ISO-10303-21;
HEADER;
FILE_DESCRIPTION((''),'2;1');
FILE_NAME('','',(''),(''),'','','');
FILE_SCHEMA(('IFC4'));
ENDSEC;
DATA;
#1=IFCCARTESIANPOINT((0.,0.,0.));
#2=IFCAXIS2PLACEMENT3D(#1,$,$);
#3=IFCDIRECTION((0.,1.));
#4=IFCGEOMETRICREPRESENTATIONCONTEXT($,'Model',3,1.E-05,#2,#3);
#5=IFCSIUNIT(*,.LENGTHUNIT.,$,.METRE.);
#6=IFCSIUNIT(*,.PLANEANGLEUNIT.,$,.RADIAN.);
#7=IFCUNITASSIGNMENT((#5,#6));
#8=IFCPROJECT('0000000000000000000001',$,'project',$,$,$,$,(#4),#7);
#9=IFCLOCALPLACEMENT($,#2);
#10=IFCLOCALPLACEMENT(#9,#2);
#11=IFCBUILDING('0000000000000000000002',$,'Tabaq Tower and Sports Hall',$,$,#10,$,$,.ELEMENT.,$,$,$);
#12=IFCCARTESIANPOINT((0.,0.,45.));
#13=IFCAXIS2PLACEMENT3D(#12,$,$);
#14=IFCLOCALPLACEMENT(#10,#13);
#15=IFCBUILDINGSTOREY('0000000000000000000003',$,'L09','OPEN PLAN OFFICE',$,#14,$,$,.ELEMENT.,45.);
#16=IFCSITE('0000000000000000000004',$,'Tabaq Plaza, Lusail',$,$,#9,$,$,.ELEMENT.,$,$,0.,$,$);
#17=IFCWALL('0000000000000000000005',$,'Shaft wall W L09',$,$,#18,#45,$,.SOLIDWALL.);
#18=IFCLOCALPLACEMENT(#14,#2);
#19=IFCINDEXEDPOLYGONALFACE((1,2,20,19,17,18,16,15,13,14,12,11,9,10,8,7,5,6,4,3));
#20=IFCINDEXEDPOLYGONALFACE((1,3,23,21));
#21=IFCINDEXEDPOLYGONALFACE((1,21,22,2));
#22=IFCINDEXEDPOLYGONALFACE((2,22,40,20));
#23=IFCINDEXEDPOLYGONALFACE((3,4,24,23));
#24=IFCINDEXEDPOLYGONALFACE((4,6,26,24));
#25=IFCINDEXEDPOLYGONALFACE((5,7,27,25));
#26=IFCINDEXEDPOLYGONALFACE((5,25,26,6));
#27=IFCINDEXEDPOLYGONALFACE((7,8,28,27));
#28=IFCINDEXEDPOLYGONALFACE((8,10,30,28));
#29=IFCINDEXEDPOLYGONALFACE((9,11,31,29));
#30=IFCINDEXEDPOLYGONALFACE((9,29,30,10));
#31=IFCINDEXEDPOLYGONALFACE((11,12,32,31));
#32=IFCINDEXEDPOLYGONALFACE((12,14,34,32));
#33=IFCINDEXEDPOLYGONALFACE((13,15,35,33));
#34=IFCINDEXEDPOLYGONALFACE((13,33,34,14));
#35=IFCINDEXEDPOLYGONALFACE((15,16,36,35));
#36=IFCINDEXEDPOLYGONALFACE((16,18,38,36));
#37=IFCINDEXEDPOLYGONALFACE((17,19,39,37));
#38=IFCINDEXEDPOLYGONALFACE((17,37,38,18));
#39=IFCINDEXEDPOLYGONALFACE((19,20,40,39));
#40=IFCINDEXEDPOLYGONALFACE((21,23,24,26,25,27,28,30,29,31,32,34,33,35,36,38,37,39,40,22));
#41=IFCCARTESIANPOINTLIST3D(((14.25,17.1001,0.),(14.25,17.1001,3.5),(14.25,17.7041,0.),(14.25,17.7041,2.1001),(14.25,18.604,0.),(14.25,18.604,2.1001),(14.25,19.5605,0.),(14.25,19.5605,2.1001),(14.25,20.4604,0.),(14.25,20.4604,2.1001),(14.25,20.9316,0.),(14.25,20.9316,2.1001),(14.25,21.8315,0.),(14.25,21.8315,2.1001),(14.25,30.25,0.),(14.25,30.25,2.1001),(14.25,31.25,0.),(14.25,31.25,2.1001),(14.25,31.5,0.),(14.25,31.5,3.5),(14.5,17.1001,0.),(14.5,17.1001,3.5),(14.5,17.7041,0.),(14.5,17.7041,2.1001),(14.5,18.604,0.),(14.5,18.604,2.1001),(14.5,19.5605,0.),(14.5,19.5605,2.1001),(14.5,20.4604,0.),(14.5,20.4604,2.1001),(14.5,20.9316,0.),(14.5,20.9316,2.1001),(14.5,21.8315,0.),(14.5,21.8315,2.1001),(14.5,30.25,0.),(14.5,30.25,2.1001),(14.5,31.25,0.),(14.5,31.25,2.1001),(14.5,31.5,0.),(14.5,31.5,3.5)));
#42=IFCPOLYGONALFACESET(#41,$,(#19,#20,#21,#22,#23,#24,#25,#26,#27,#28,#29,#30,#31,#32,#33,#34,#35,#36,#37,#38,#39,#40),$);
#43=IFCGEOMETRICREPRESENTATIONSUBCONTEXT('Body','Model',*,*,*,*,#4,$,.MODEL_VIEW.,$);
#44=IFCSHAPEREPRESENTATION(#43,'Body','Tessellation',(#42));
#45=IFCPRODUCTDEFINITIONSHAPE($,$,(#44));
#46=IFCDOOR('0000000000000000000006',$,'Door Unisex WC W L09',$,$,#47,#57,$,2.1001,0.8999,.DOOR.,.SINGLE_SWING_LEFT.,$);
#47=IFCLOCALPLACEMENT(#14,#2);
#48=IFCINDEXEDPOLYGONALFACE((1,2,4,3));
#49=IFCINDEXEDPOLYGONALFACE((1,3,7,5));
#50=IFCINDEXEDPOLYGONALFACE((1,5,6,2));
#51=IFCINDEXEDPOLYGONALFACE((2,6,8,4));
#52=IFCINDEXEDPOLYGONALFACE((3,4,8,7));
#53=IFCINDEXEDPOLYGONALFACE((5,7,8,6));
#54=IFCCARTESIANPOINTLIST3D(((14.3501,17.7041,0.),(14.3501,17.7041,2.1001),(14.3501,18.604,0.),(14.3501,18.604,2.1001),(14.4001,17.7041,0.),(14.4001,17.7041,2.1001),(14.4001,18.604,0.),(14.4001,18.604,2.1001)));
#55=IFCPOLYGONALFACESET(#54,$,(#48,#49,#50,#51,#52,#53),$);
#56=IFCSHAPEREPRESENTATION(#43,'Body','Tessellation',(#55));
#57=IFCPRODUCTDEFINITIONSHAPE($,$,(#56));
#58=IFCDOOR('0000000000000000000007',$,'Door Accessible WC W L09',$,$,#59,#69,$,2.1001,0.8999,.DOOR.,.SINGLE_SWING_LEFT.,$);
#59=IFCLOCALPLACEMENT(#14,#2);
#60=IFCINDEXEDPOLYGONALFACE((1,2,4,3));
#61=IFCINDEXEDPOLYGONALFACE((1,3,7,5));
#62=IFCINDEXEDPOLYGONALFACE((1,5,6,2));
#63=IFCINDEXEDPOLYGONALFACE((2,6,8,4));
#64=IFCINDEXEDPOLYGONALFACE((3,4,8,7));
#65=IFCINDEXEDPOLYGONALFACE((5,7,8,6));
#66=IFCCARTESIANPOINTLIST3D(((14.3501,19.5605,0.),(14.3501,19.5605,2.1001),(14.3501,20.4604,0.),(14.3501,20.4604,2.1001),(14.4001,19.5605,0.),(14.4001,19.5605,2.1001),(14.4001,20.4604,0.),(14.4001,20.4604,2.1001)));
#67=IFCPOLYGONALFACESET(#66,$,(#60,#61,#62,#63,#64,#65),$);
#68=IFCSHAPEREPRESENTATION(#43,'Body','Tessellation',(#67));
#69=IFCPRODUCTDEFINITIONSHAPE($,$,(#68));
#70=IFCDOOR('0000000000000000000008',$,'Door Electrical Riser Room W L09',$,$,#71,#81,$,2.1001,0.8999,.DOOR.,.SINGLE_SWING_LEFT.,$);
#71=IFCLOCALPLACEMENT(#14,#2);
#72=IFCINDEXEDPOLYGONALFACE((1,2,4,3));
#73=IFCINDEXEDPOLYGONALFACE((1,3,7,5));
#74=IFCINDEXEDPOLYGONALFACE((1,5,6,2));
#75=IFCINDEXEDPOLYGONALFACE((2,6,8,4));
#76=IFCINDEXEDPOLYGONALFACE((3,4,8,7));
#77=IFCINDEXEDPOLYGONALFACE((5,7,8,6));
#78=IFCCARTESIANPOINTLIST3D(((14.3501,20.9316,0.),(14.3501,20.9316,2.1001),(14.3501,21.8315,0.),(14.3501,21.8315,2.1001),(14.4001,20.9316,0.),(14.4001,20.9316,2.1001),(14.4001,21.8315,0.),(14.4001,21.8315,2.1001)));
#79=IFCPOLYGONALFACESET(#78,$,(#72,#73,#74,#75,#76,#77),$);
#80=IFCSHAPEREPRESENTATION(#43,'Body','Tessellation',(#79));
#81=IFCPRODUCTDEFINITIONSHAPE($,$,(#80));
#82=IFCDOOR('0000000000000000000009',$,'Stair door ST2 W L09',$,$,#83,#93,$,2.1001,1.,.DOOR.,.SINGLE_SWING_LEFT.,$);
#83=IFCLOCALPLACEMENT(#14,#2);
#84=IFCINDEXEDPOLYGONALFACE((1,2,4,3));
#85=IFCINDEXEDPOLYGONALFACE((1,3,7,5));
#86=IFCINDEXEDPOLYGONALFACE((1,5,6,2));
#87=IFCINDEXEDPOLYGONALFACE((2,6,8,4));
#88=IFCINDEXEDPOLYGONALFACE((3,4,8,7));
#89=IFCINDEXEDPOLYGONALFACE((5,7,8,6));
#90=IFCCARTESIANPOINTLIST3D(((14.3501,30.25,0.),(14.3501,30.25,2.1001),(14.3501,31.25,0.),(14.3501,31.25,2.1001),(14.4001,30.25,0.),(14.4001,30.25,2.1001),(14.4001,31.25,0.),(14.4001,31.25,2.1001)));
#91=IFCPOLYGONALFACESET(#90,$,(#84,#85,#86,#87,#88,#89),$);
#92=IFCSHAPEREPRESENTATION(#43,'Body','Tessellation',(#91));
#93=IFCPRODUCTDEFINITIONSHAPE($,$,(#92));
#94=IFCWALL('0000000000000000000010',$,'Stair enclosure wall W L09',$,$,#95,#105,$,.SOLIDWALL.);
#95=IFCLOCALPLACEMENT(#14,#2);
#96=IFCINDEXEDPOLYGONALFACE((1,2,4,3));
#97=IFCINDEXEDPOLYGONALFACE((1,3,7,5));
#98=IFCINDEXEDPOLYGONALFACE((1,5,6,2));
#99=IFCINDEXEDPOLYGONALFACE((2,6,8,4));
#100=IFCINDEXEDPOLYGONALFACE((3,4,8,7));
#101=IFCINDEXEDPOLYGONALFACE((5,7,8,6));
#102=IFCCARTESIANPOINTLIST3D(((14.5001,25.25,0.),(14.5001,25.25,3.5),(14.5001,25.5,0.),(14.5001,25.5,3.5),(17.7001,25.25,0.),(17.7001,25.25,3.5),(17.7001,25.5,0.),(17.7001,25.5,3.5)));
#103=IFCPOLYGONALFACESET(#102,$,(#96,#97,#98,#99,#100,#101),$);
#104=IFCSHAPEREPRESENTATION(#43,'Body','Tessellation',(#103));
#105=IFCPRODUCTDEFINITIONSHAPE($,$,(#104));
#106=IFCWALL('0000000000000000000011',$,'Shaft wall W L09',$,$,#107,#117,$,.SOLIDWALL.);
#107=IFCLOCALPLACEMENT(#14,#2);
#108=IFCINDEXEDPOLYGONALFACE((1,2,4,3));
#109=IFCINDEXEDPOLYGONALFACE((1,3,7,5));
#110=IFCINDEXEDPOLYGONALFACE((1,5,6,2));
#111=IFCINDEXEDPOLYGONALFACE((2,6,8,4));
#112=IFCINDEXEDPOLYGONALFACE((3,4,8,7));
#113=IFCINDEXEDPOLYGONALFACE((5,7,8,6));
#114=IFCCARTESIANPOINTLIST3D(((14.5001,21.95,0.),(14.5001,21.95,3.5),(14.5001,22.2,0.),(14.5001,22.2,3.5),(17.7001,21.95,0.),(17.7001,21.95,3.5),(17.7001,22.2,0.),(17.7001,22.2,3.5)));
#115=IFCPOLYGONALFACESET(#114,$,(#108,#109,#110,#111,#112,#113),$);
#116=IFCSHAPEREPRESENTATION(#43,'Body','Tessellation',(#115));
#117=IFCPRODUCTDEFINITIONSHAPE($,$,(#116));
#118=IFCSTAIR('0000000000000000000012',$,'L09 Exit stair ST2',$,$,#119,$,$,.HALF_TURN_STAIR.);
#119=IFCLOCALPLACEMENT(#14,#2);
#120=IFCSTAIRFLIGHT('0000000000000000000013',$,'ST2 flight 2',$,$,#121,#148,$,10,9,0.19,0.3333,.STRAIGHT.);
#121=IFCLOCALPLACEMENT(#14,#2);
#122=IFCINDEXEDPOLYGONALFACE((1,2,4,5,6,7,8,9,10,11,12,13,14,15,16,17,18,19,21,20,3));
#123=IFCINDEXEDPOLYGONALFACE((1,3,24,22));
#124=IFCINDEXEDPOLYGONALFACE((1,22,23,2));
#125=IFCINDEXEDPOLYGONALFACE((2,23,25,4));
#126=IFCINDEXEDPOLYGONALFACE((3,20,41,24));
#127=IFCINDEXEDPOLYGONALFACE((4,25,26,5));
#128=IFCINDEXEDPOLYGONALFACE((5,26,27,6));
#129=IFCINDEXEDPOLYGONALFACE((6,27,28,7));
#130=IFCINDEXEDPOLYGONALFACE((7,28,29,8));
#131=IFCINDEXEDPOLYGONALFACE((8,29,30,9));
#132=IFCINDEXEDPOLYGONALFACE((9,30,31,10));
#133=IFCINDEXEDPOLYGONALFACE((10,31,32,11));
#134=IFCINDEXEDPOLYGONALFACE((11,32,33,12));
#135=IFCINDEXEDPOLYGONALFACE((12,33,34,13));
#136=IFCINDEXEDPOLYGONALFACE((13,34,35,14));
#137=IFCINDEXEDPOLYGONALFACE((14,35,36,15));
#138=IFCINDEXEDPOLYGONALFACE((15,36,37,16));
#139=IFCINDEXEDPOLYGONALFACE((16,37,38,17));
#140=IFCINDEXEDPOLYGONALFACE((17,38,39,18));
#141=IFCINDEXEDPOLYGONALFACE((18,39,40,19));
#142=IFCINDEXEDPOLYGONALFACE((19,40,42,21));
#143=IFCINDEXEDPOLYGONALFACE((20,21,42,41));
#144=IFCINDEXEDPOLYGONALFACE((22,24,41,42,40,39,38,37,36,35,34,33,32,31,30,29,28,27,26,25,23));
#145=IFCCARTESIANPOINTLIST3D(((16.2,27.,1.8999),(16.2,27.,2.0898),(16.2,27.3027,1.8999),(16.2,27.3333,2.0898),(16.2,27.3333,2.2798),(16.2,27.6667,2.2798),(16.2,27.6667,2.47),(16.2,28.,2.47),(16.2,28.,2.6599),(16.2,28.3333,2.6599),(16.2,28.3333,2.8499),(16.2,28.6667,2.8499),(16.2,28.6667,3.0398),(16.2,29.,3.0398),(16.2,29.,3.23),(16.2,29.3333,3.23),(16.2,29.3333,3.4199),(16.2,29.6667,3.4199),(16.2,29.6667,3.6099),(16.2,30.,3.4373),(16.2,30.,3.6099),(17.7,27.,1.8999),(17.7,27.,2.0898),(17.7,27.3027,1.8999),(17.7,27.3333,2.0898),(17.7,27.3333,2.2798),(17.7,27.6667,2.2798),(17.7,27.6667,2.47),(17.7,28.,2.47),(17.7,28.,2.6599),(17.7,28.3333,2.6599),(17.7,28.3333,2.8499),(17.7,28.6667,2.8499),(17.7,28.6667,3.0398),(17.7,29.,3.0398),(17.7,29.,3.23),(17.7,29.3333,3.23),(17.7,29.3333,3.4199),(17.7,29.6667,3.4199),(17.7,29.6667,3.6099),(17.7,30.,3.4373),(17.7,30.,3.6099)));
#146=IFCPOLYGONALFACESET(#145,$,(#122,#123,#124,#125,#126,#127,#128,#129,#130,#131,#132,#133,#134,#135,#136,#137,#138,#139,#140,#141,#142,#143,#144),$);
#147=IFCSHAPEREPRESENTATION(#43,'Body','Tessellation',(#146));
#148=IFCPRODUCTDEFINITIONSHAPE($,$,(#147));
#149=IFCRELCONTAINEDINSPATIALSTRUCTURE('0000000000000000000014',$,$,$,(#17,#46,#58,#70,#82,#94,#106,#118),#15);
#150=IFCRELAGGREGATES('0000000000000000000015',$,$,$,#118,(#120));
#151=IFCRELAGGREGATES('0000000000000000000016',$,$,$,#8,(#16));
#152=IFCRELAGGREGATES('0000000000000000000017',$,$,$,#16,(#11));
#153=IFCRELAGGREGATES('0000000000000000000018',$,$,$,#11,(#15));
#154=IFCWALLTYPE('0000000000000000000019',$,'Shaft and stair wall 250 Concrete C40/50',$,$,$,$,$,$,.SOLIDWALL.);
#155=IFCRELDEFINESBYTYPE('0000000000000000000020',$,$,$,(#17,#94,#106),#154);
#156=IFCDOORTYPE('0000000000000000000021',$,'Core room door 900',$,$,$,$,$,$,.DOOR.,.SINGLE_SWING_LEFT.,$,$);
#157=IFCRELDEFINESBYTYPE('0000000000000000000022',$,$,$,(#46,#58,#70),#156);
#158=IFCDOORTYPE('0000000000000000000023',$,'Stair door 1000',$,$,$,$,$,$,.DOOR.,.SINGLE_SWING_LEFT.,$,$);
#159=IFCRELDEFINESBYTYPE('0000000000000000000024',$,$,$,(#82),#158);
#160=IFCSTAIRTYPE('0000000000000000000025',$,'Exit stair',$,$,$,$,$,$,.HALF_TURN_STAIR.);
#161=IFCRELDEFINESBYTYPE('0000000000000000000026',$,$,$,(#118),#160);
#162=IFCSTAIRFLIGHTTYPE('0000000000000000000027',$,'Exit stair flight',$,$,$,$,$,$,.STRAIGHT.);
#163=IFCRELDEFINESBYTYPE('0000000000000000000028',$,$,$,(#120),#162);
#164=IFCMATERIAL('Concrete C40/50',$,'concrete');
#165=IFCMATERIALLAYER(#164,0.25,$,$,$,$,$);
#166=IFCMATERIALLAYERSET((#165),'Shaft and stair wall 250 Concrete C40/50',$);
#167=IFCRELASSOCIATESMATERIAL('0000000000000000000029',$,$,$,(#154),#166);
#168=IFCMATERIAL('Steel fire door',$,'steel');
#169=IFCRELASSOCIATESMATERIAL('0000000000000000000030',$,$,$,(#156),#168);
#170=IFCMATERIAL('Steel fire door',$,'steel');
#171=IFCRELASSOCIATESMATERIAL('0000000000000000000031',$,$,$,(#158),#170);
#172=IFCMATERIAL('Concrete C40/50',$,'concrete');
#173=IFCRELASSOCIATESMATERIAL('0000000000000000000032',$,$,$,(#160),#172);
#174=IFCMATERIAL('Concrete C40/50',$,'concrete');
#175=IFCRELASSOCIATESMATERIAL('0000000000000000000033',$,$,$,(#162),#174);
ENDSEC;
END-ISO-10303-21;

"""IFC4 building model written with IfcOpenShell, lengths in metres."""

from ifc_helpers import new_model, si_unit, direction, frame, frame_2d, origin, place, context, subcontext, project, spatial, polyline, rectangle, outline, extrude, material, layer, layer_set, type_object, element, fill, aggregate, save


model = new_model("IFC4")

# Units and contexts
model_context = context("Model", 3, precision=1e-05, world=origin(), true_north=direction((0.0, 1.0)))
body_context = subcontext(model_context, "Body", "Model", "MODEL_VIEW")
ifc_project = project(units=[si_unit("LENGTHUNIT", "METRE"), si_unit("PLANEANGLEUNIT", "RADIAN")], contexts=[model_context])

# Site, building, storey
site_placement = place(None, origin())
site = spatial("IfcSite", under=ifc_project, at=site_placement, Name="Tabaq Plaza, Lusail", CompositionType="ELEMENT", RefElevation=0.0)
building_placement = place(site_placement, origin())
building = spatial("IfcBuilding", under=site, at=building_placement, Name="Tabaq Tower and Sports Hall", CompositionType="ELEMENT")
storey_placement = place(building_placement, frame((0.0, 0.0, 45.0)))
storey = spatial("IfcBuildingStorey", under=building, at=storey_placement, Name="L09", Description="OPEN PLAN OFFICE", CompositionType="ELEMENT", Elevation=45.0)

# Wall, openings, doors
ifc_material_1 = material(Name="Concrete C40/50", Category="concrete")
ifc_layer_1 = layer(ifc_material_1, 0.25)
ifc_layer_set_1 = layer_set([ifc_layer_1], Name="Shaft and stair wall 250 Concrete C40/50")
wall_type_1 = type_object("IfcWallType", Name="Shaft and stair wall 250 Concrete C40/50", PredefinedType="SOLIDWALL", material=ifc_layer_set_1)
wall_1_placement = place(storey_placement, frame((14.375, 17.1001, 0.0), z_axis=(0.0, 0.0, 1.0), x_axis=(0.0, 1.0, 0.0)))
wall_1 = element("IfcWall", 1, at=wall_1_placement, inside=storey, type_object=wall_type_1, Name="Shaft wall W L09", PredefinedType="SOLIDWALL", context=body_context, shape_type="SweptSolid", body=[
    extrude(rectangle(XDim=14.3999, YDim=0.25, at=frame_2d((7.2, 0.0))), origin(), (0.0, 0.0, 1.0), 3.5),
])
opening_1_placement = place(wall_1_placement, frame((13.1499, 0.0, 0.0)))
opening_1 = element("IfcOpeningElement", 2, at=opening_1_placement, cuts=wall_1, PredefinedType="OPENING", context=body_context, shape_type="SweptSolid", body=[
    extrude(rectangle(XDim=1.0, YDim=2.1001, at=frame_2d((0.5, 1.05))), frame((0.0, 0.125, 0.0), z_axis=(0.0, -1.0, 0.0), x_axis=(1.0, 0.0, 0.0)), (0.0, 0.0, 1.0), 0.25),
])
opening_2_placement = place(wall_1_placement, frame((0.604, 0.0, 0.0)))
opening_2 = element("IfcOpeningElement", 3, at=opening_2_placement, cuts=wall_1, PredefinedType="OPENING", context=body_context, shape_type="SweptSolid", body=[
    extrude(rectangle(XDim=0.8999, YDim=2.1001, at=frame_2d((0.45, 1.05))), frame((0.0, 0.125, 0.0), z_axis=(0.0, -1.0, 0.0), x_axis=(1.0, 0.0, 0.0)), (0.0, 0.0, 1.0), 0.25),
])
opening_3_placement = place(wall_1_placement, frame((2.4604, 0.0, 0.0)))
opening_3 = element("IfcOpeningElement", 4, at=opening_3_placement, cuts=wall_1, PredefinedType="OPENING", context=body_context, shape_type="SweptSolid", body=[
    extrude(rectangle(XDim=0.8999, YDim=2.1001, at=frame_2d((0.45, 1.05))), frame((0.0, 0.125, 0.0), z_axis=(0.0, -1.0, 0.0), x_axis=(1.0, 0.0, 0.0)), (0.0, 0.0, 1.0), 0.25),
])
opening_4_placement = place(wall_1_placement, frame((3.8315, 0.0, 0.0)))
opening_4 = element("IfcOpeningElement", 5, at=opening_4_placement, cuts=wall_1, PredefinedType="OPENING", context=body_context, shape_type="SweptSolid", body=[
    extrude(rectangle(XDim=0.8999, YDim=2.1001, at=frame_2d((0.45, 1.05))), frame((0.0, 0.125, 0.0), z_axis=(0.0, -1.0, 0.0), x_axis=(1.0, 0.0, 0.0)), (0.0, 0.0, 1.0), 0.25),
])
ifc_material_2 = material(Name="Steel fire door", Category="steel")
door_type_1 = type_object("IfcDoorType", Name="Core room door 900", OperationType="SINGLE_SWING_LEFT", PredefinedType="DOOR", material=ifc_material_2)
door_1_placement = place(opening_2_placement, origin())
door_1 = element("IfcDoor", 6, at=door_1_placement, inside=storey, type_object=door_type_1, Name="Door Unisex WC W L09", OperationType="SINGLE_SWING_LEFT", OverallHeight=2.1001, OverallWidth=0.8999, PredefinedType="DOOR", context=body_context, shape_type="SweptSolid", body=[
    extrude(rectangle(XDim=0.8999, YDim=2.1001, at=frame_2d((0.45, 1.05))), frame((0.0, 0.0249, 0.0), z_axis=(0.0, -1.0, 0.0), x_axis=(1.0, 0.0, 0.0)), (0.0, 0.0, 1.0), 0.05),
])
fill(opening_2, door_1)
door_2_placement = place(opening_3_placement, origin())
door_2 = element("IfcDoor", 7, at=door_2_placement, inside=storey, type_object=door_type_1, Name="Door Accessible WC W L09", OperationType="SINGLE_SWING_LEFT", OverallHeight=2.1001, OverallWidth=0.8999, PredefinedType="DOOR", context=body_context, shape_type="SweptSolid", body=[
    extrude(rectangle(XDim=0.8999, YDim=2.1001, at=frame_2d((0.45, 1.05))), frame((0.0, 0.0249, 0.0), z_axis=(0.0, -1.0, 0.0), x_axis=(1.0, 0.0, 0.0)), (0.0, 0.0, 1.0), 0.05),
])
fill(opening_3, door_2)
door_3_placement = place(opening_4_placement, origin())
door_3 = element("IfcDoor", 8, at=door_3_placement, inside=storey, type_object=door_type_1, Name="Door Electrical Riser Room W L09", OperationType="SINGLE_SWING_LEFT", OverallHeight=2.1001, OverallWidth=0.8999, PredefinedType="DOOR", context=body_context, shape_type="SweptSolid", body=[
    extrude(rectangle(XDim=0.8999, YDim=2.1001, at=frame_2d((0.45, 1.05))), frame((0.0, 0.0249, 0.0), z_axis=(0.0, -1.0, 0.0), x_axis=(1.0, 0.0, 0.0)), (0.0, 0.0, 1.0), 0.05),
])
fill(opening_4, door_3)
ifc_material_3 = material(Name="Steel fire door", Category="steel")
door_type_2 = type_object("IfcDoorType", Name="Stair door 1000", OperationType="SINGLE_SWING_LEFT", PredefinedType="DOOR", material=ifc_material_3)
door_4_placement = place(opening_1_placement, origin())
door_4 = element("IfcDoor", 9, at=door_4_placement, inside=storey, type_object=door_type_2, Name="Stair door ST2 W L09", OperationType="SINGLE_SWING_LEFT", OverallHeight=2.1001, OverallWidth=1.0, PredefinedType="DOOR", context=body_context, shape_type="SweptSolid", body=[
    extrude(rectangle(XDim=1.0, YDim=2.1001, at=frame_2d((0.5, 1.05))), frame((0.0, 0.0249, 0.0), z_axis=(0.0, -1.0, 0.0), x_axis=(1.0, 0.0, 0.0)), (0.0, 0.0, 1.0), 0.05),
])
fill(opening_1, door_4)

# Walls
for number, where, z_axis, x_axis, name in (
    (10, (14.5, 25.375, 0.0), (0.0, 0.0, 1.0), (1.0, 0.0, 0.0), "Stair enclosure wall W L09"),
    (11, (14.5, 22.075, 0.0), (0.0, 0.0, 1.0), (1.0, 0.0, 0.0), "Shaft wall W L09"),
):
    element("IfcWall", number, at=place(storey_placement, frame(where, z_axis=z_axis, x_axis=x_axis)), inside=storey, type_object=wall_type_1, Name=name, PredefinedType="SOLIDWALL", context=body_context, shape_type="SweptSolid", body=[
        extrude(rectangle(XDim=3.2, YDim=0.25, at=frame_2d((1.6001, 0.0))), origin(), (0.0, 0.0, 1.0), 3.5),
    ])

# Stair, stair flight
ifc_material_4 = material(Name="Concrete C40/50", Category="concrete")
stair_type = type_object("IfcStairType", Name="Exit stair", PredefinedType="HALF_TURN_STAIR", material=ifc_material_4)
stair_placement = place(storey_placement, origin())
stair = element("IfcStair", 12, at=stair_placement, inside=storey, type_object=stair_type, Name="L09 Exit stair ST2", PredefinedType="HALF_TURN_STAIR")
ifc_material_5 = material(Name="Concrete C40/50", Category="concrete")
stair_flight_type = type_object("IfcStairFlightType", Name="Exit stair flight", PredefinedType="STRAIGHT", material=ifc_material_5)
stair_flight_placement = place(storey_placement, frame((16.95, 27.0, 1.8999), z_axis=(0.0, 0.0, 1.0), x_axis=(0.0, 1.0, 0.0)))
stair_flight = element("IfcStairFlight", 13, at=stair_flight_placement, type_object=stair_flight_type, Name="ST2 flight 2", NumberOfRisers=10, NumberOfTreads=9, PredefinedType="STRAIGHT", RiserHeight=0.19, TreadLength=0.3333, context=body_context, shape_type="SweptSolid", body=[
    extrude(outline(polyline([(0.0, 0.0), (0.0, 0.1899), (0.3333, 0.1899), (0.3333, 0.3799), (0.6667, 0.3799), (0.6667, 0.5701), (1.0, 0.5701), (1.0, 0.76), (1.3333, 0.76), (1.3333, 0.95), (1.6667, 0.95), (1.6667, 1.1399), (2.0, 1.1399), (2.0, 1.3301), (2.3333, 1.3301), (2.3333, 1.52), (2.6667, 1.52), (2.6667, 1.71), (3.0, 1.71), (3.0, 1.8999), (3.0, 1.5374), (0.3027, 0.0), (0.0, 0.0)])), frame((0.0, 0.75, 0.0), z_axis=(0.0, -1.0, 0.0), x_axis=(1.0, 0.0, 0.0)), (0.0, 0.0, 1.0), 1.5),
])
aggregate(stair, [stair_flight])

save(model, "model.ifc")
